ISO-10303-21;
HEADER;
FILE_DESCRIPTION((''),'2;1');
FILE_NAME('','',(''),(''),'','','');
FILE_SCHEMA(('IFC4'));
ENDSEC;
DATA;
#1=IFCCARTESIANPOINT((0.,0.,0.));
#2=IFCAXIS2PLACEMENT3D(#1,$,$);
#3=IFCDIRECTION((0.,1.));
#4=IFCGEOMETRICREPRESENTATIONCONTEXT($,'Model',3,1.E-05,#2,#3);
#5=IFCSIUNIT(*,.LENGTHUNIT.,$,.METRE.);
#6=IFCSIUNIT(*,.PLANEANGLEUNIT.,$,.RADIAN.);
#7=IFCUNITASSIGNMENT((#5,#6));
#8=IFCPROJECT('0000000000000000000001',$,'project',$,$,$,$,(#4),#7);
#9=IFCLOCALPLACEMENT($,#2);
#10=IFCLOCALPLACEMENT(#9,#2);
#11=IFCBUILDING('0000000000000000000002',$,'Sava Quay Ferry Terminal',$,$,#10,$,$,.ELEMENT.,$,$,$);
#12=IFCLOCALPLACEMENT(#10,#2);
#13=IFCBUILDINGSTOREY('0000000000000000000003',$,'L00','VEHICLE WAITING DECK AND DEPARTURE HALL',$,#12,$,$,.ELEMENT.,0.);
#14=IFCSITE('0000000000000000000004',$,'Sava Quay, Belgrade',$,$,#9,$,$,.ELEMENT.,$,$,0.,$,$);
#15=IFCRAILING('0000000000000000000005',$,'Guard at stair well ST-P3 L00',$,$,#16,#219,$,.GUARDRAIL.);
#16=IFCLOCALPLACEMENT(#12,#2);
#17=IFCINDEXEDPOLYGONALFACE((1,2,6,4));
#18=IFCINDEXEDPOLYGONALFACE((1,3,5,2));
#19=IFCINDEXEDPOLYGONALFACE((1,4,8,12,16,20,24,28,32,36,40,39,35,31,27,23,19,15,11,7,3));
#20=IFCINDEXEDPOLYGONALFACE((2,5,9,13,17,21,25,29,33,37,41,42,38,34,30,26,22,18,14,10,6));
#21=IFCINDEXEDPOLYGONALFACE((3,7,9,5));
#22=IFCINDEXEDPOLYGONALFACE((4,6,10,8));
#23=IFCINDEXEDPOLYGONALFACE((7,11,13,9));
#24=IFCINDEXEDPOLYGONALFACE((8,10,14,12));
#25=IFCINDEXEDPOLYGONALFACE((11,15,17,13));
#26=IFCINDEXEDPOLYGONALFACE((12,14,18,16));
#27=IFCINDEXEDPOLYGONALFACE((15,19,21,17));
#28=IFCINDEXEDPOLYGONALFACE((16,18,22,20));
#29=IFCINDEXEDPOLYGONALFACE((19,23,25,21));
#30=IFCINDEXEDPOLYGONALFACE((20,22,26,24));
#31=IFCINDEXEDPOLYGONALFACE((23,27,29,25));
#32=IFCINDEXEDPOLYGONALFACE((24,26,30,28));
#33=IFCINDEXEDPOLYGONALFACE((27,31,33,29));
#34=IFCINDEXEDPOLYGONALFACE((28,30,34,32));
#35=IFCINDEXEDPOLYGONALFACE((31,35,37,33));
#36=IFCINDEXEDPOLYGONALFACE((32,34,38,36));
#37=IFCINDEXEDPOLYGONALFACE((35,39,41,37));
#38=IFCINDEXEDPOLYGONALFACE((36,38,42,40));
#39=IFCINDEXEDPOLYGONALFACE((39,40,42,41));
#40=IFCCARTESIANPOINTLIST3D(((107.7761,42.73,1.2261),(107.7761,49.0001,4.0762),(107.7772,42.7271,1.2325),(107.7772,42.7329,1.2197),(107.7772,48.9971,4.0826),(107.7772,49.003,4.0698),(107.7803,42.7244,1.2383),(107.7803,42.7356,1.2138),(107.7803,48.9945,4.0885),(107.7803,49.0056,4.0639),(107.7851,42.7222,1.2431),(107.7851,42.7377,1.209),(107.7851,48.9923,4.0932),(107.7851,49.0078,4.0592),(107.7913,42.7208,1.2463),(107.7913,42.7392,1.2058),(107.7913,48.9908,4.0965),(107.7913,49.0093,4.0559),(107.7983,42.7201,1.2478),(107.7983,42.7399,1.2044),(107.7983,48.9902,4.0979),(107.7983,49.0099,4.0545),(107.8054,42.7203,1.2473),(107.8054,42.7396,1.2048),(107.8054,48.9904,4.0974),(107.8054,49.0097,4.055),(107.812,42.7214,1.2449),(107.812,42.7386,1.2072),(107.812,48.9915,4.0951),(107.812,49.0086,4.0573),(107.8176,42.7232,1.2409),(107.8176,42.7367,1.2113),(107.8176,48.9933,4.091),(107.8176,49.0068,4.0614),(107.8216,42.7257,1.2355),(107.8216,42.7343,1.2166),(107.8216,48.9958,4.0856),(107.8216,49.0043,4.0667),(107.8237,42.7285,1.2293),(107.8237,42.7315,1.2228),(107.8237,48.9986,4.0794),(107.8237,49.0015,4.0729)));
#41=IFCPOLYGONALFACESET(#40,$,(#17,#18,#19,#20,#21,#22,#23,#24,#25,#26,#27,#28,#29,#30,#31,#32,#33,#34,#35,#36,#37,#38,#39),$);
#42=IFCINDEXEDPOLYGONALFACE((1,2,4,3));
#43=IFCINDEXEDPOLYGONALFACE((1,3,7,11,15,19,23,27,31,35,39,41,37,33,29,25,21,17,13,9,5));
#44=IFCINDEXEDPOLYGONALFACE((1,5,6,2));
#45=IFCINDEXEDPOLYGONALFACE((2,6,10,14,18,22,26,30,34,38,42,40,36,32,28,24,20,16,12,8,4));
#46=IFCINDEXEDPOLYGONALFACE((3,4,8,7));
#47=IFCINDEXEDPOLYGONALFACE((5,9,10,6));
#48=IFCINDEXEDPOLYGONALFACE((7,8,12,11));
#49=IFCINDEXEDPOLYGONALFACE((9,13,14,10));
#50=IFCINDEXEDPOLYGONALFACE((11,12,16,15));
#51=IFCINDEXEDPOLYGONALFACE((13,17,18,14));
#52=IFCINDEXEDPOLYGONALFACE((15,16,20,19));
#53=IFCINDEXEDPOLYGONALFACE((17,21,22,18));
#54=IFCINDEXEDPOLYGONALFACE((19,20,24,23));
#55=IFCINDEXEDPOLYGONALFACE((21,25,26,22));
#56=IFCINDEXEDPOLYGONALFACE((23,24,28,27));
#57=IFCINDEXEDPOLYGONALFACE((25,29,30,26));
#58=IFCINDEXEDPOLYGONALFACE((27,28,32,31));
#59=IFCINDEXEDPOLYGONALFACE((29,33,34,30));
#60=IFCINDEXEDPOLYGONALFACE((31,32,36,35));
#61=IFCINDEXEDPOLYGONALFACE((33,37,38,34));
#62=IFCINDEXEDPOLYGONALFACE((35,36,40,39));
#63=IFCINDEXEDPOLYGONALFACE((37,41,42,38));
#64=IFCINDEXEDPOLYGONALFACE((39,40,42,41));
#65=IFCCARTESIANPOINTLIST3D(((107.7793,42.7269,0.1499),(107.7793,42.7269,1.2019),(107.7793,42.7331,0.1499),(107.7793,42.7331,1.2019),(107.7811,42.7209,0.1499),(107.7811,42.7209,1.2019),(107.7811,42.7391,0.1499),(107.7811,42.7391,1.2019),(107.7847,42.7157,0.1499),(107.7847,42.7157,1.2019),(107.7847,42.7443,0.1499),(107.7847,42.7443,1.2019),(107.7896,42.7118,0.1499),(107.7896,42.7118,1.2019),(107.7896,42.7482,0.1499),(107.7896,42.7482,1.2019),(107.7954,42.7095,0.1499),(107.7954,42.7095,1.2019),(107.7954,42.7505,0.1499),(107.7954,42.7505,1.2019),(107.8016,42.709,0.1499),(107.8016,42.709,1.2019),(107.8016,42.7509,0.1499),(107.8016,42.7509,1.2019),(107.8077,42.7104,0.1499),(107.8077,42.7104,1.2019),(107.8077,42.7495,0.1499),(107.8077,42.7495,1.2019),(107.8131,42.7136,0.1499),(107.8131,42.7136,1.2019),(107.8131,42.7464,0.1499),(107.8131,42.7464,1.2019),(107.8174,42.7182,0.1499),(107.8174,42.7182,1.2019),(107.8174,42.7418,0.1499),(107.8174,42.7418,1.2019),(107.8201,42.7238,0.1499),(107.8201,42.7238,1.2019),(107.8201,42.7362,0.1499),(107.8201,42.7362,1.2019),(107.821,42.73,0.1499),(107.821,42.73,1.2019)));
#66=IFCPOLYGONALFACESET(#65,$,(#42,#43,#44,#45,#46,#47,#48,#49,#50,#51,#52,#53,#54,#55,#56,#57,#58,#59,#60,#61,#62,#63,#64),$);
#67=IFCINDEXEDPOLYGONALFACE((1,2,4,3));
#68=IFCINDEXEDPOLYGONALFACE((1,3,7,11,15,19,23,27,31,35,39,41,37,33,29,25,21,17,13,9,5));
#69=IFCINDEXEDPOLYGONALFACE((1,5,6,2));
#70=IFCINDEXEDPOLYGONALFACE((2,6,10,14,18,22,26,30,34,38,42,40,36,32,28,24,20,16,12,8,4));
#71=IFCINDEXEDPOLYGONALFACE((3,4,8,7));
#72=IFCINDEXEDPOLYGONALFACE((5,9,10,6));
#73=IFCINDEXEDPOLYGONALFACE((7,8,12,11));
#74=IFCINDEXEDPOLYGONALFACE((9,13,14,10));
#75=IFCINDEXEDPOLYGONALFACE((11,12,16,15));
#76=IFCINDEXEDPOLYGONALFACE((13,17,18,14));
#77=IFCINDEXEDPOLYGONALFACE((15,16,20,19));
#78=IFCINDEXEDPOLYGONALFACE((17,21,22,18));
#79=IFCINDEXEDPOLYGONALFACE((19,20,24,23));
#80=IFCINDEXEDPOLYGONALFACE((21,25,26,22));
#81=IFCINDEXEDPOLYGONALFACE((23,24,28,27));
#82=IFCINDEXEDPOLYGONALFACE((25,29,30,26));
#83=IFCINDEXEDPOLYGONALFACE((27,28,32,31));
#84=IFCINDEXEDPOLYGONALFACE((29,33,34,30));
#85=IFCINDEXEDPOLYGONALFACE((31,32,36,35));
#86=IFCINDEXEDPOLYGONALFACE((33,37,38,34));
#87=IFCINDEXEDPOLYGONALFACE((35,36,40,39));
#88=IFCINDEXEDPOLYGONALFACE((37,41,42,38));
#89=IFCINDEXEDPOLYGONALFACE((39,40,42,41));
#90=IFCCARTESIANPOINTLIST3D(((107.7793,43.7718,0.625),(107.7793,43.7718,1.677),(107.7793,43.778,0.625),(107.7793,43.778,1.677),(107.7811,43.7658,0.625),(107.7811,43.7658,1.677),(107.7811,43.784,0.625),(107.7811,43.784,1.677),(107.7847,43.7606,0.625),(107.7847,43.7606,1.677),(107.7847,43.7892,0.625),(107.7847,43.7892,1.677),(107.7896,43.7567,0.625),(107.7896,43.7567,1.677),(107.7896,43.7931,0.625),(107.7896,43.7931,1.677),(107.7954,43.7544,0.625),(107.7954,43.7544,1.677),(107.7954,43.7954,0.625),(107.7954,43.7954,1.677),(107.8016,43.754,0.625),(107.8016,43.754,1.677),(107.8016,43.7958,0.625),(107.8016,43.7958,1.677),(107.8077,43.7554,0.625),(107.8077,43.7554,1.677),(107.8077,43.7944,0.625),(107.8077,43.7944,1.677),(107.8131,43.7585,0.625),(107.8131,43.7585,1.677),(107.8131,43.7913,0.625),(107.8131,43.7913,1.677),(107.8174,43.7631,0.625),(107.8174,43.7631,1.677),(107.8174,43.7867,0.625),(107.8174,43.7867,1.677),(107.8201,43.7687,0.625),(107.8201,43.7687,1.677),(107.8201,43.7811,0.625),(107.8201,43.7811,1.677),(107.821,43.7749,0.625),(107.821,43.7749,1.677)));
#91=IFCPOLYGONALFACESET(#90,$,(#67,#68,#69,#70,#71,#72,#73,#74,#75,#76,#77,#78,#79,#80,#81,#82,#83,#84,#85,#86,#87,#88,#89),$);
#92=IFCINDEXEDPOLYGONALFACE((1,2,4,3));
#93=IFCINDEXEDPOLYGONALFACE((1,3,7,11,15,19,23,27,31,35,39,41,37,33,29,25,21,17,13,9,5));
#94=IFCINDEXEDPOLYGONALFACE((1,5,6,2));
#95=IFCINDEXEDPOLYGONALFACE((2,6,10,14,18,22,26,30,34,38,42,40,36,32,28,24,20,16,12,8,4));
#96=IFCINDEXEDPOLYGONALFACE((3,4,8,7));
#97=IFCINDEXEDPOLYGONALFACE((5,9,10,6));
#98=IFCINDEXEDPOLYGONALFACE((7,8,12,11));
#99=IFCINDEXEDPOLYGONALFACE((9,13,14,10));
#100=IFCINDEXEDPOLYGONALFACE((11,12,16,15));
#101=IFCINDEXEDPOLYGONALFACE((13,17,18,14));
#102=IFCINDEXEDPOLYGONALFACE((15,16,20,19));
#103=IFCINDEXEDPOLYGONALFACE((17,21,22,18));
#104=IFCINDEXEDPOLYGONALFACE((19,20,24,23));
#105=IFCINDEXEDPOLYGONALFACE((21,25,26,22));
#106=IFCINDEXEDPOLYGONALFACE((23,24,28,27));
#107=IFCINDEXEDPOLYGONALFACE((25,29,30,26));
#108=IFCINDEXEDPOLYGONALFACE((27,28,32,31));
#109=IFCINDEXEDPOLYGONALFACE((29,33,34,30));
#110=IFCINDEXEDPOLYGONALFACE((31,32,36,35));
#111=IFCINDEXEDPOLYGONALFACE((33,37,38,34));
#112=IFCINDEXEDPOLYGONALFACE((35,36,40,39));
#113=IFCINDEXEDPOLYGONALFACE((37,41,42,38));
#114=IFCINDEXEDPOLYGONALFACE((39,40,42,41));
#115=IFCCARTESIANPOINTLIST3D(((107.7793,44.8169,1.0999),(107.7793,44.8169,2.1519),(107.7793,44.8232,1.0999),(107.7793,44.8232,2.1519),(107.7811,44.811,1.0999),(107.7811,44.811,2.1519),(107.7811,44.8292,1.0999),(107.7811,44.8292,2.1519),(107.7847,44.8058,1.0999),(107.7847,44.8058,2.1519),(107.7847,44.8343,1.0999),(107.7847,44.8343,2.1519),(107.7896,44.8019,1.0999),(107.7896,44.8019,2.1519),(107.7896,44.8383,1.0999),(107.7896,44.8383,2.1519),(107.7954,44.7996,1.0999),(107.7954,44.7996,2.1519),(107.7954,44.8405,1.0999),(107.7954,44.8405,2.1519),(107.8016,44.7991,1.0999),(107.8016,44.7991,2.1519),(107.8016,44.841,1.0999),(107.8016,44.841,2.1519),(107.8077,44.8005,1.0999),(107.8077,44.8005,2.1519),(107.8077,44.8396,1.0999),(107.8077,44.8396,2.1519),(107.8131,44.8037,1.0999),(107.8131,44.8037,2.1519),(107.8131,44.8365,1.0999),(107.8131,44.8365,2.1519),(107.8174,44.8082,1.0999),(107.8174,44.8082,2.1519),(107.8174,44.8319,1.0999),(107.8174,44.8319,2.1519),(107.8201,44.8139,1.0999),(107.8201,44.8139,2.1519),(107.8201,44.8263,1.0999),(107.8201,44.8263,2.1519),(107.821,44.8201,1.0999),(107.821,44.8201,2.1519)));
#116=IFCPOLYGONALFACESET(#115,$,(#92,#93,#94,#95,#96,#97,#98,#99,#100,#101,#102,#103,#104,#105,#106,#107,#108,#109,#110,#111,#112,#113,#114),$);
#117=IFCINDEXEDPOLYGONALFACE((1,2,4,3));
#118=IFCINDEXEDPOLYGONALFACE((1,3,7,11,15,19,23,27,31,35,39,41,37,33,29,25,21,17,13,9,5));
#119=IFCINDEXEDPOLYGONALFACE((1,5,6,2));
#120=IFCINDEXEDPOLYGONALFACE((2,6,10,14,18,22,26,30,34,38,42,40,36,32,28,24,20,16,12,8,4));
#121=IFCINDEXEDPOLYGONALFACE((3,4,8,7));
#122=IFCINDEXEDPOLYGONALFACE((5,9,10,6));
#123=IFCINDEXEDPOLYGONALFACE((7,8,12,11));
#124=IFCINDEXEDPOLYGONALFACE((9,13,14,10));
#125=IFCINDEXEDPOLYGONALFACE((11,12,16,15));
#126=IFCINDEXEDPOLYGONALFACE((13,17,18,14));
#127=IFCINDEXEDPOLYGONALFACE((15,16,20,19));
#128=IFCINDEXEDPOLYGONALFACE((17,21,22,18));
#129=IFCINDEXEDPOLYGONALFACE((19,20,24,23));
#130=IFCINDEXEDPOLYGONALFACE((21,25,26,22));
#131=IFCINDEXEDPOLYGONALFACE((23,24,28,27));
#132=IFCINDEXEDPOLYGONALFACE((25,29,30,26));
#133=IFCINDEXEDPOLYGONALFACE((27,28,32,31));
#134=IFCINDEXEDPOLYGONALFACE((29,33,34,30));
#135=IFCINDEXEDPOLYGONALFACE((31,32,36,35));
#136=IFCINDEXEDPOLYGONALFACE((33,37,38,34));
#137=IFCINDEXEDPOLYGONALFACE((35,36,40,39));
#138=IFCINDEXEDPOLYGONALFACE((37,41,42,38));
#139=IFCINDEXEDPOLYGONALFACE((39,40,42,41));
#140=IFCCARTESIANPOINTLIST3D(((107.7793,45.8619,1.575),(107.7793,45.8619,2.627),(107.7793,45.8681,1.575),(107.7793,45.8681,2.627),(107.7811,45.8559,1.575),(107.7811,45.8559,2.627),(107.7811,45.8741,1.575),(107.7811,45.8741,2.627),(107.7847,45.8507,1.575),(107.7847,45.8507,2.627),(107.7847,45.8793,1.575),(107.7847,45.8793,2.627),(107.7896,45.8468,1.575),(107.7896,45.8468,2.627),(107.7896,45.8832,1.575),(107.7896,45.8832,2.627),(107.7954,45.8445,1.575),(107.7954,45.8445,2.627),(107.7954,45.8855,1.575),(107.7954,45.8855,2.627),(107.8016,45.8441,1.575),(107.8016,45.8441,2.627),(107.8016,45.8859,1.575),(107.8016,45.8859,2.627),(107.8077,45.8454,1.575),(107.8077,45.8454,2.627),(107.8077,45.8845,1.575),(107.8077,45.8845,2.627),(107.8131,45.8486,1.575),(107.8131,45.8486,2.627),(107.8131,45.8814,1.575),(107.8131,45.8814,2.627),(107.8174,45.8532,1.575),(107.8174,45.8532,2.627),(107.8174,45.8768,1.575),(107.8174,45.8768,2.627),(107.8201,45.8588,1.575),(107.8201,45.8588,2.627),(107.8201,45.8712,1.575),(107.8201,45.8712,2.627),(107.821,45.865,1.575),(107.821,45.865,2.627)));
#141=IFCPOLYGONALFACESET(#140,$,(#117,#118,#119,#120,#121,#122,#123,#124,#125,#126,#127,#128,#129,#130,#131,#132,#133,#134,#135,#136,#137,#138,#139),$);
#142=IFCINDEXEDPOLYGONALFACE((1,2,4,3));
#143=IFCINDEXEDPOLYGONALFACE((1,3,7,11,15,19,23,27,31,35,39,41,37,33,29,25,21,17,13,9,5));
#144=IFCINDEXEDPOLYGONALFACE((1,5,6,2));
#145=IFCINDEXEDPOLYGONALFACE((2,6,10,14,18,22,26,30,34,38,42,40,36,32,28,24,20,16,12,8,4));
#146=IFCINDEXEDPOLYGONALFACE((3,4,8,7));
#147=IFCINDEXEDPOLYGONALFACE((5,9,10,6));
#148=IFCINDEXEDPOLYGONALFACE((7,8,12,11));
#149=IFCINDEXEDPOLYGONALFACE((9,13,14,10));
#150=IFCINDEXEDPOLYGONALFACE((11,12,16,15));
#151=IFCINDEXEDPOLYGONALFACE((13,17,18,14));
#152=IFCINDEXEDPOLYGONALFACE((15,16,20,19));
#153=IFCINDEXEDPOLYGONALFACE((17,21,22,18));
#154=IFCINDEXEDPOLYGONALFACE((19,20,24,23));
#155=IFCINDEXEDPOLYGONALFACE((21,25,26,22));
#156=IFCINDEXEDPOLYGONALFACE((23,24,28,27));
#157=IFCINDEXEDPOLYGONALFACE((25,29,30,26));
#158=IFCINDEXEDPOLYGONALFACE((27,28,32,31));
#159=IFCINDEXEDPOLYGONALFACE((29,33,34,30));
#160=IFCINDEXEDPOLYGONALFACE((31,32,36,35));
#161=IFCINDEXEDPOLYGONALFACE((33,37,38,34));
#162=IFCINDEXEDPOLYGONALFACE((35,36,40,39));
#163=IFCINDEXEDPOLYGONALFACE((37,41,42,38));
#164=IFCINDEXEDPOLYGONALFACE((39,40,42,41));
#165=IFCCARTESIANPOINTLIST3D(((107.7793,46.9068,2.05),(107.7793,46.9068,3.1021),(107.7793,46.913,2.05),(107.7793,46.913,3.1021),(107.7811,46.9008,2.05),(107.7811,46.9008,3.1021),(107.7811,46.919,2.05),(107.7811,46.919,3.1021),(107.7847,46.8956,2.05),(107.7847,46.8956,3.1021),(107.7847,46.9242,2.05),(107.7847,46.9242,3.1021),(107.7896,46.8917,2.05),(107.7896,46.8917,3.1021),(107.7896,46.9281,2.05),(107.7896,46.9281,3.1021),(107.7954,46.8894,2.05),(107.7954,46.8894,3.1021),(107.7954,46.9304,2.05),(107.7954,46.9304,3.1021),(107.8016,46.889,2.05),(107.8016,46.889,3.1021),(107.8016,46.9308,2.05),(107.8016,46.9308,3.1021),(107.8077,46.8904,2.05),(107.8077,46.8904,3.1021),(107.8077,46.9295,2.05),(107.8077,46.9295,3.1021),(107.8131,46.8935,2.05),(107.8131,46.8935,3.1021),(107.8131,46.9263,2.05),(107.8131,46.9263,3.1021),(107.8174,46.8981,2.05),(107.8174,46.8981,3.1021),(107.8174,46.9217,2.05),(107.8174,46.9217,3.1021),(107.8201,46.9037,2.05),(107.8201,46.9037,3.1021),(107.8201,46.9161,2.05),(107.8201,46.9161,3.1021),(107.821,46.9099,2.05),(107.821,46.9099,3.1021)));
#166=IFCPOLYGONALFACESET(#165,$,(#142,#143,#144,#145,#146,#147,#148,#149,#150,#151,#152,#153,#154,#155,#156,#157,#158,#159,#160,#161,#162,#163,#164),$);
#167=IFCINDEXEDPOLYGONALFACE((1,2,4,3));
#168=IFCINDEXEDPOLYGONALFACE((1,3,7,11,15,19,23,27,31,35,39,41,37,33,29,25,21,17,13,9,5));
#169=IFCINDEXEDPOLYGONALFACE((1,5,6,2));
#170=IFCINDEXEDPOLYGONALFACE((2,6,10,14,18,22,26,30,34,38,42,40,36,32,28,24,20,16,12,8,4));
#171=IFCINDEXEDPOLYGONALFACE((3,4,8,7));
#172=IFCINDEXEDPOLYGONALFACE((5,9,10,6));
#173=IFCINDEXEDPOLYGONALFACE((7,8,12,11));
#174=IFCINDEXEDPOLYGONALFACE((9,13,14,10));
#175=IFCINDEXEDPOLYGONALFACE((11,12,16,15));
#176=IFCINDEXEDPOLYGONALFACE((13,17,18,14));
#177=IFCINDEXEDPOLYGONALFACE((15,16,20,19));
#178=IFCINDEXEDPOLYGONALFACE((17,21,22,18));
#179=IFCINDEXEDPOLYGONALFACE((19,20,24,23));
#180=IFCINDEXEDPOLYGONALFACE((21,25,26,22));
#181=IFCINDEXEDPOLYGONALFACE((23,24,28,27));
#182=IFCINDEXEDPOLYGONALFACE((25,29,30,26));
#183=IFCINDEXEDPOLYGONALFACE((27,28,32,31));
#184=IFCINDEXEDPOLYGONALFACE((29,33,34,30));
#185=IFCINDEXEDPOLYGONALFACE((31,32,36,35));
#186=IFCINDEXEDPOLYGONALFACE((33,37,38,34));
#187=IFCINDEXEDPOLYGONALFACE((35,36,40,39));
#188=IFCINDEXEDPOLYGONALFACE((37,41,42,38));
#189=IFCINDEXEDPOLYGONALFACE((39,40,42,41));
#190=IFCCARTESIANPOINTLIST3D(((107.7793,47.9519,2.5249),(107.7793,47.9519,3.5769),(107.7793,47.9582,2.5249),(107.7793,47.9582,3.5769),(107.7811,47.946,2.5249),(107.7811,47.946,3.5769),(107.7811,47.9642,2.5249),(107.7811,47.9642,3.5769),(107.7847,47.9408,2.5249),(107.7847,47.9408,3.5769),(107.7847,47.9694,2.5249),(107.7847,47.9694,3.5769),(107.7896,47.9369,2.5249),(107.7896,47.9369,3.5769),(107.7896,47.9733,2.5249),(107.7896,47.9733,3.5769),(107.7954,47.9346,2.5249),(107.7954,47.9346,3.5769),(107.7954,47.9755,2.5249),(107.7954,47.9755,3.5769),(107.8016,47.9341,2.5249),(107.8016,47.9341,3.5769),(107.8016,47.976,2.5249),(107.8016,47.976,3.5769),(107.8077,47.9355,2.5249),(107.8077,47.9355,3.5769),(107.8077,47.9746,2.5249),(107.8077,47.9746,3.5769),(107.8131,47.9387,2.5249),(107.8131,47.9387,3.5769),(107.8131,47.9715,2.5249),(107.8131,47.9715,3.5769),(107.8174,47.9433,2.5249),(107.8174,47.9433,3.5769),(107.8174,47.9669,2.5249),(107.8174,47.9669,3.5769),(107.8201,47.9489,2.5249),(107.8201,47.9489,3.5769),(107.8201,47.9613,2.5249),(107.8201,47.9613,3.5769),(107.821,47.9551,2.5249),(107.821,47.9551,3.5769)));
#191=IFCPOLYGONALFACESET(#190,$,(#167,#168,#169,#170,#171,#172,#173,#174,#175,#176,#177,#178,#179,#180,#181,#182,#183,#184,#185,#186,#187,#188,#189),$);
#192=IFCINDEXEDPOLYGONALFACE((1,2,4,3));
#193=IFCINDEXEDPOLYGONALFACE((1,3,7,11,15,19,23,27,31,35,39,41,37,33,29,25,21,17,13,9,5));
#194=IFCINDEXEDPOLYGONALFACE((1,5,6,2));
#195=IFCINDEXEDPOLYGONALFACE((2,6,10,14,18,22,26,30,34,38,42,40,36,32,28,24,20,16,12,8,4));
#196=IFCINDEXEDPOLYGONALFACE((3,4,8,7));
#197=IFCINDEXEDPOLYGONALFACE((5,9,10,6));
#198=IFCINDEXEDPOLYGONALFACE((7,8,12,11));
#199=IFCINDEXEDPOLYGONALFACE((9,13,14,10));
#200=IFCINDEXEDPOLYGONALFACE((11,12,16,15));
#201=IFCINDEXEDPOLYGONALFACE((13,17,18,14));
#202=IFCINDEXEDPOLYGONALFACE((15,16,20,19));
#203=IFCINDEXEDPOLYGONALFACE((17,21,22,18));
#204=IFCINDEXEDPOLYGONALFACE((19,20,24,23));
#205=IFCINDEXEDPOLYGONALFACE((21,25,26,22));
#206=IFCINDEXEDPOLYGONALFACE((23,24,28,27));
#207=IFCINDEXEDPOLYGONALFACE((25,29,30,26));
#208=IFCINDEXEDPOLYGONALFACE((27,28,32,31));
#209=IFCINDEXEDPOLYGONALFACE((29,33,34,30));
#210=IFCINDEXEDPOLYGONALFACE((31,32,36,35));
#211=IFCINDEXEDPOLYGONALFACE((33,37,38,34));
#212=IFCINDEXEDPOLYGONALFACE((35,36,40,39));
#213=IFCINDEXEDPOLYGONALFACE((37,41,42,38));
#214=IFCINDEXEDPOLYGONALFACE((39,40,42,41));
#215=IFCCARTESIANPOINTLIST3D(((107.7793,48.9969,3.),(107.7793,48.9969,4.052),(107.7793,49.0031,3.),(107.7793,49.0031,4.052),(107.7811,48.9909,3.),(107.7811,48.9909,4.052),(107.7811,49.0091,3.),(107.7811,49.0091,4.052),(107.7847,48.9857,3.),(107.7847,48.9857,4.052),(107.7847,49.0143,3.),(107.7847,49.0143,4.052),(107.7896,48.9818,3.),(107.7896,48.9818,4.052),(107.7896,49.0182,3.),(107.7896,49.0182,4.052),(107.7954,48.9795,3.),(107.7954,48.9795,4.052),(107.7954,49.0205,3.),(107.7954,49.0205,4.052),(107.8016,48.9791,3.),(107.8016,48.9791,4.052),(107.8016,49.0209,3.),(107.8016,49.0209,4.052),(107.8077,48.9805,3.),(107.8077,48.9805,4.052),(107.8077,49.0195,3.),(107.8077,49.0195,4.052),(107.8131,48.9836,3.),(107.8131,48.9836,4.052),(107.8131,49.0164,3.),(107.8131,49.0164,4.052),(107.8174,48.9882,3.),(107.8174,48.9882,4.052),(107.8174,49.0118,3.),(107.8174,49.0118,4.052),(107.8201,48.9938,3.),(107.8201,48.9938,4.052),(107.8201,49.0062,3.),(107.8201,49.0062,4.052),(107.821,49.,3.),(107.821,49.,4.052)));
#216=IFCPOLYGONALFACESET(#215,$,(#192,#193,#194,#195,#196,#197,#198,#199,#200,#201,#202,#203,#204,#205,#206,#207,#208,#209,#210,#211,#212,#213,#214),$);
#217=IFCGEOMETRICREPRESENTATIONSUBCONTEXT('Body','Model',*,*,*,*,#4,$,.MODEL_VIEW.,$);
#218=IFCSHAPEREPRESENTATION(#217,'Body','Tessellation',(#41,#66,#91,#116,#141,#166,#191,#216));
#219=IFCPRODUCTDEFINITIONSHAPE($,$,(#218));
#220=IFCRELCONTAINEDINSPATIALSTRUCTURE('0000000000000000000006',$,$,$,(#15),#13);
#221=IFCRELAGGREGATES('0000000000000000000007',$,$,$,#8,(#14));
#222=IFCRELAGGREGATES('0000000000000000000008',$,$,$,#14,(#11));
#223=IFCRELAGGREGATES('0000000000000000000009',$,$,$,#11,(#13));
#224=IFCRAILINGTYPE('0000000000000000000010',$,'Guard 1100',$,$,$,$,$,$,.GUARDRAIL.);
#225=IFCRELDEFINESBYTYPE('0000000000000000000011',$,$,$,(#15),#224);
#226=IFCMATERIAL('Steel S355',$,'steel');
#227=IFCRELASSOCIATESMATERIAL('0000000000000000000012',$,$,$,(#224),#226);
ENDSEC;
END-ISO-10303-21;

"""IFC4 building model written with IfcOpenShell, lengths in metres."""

from ifc_helpers import new_model, si_unit, direction, frame, origin, origin_2d, place, context, subcontext, project, spatial, circle, extrude, material, type_object, element, save


model = new_model("IFC4")

# Units and contexts
model_context = context("Model", 3, precision=1e-05, world=origin(), true_north=direction((0.0, 1.0)))
body_context = subcontext(model_context, "Body", "Model", "MODEL_VIEW")
ifc_project = project(units=[si_unit("LENGTHUNIT", "METRE"), si_unit("PLANEANGLEUNIT", "RADIAN")], contexts=[model_context])

# Site, building, storey
site_placement = place(None, origin())
site = spatial("IfcSite", under=ifc_project, at=site_placement, Name="Sava Quay, Belgrade", CompositionType="ELEMENT", RefElevation=0.0)
building_placement = place(site_placement, origin())
building = spatial("IfcBuilding", under=site, at=building_placement, Name="Sava Quay Ferry Terminal", CompositionType="ELEMENT")
storey_placement = place(building_placement, origin())
storey = spatial("IfcBuildingStorey", under=building, at=storey_placement, Name="L00", Description="VEHICLE WAITING DECK AND DEPARTURE HALL", CompositionType="ELEMENT", Elevation=0.0)

# Railing
ifc_material_1 = material(Name="Steel S355", Category="steel")
railing_type_1 = type_object("IfcRailingType", Name="Guard 1100", PredefinedType="GUARDRAIL", material=ifc_material_1)
railing_1_placement = place(storey_placement, frame((107.8, 42.73, 0.1499)))
element("IfcRailing", 1, at=railing_1_placement, inside=storey, type_object=railing_type_1, Name="Guard at stair well ST-P3 L00", PredefinedType="GUARDRAIL", context=body_context, shape_type="SweptSolid", body=[
    extrude(circle(Radius=0.0239, at=origin_2d()), frame((0.0, 0.0, 1.0762), z_axis=(0.0, 0.910362, 0.413814), x_axis=(-1.0, 0.0, 0.0)), (0.0, 0.0, 1.0), 6.8875),
    extrude(circle(Radius=0.021, at=origin_2d()), origin(), (0.0, 0.0, 1.0), 1.052),
    extrude(circle(Radius=0.021, at=origin_2d()), frame((0.0, 1.0449, 0.4751)), (0.0, 0.0, 1.0), 1.052),
    extrude(circle(Radius=0.021, at=origin_2d()), frame((0.0, 2.0901, 0.95)), (0.0, 0.0, 1.0), 1.052),
    extrude(circle(Radius=0.021, at=origin_2d()), frame((0.0, 3.135, 1.425)), (0.0, 0.0, 1.0), 1.052),
    extrude(circle(Radius=0.021, at=origin_2d()), frame((0.0, 4.1799, 1.9001)), (0.0, 0.0, 1.0), 1.052),
    extrude(circle(Radius=0.021, at=origin_2d()), frame((0.0, 5.2251, 2.375)), (0.0, 0.0, 1.0), 1.052),
    extrude(circle(Radius=0.021, at=origin_2d()), frame((0.0, 6.27, 2.8501)), (0.0, 0.0, 1.0), 1.052),
])

save(model, "model.ifc")
